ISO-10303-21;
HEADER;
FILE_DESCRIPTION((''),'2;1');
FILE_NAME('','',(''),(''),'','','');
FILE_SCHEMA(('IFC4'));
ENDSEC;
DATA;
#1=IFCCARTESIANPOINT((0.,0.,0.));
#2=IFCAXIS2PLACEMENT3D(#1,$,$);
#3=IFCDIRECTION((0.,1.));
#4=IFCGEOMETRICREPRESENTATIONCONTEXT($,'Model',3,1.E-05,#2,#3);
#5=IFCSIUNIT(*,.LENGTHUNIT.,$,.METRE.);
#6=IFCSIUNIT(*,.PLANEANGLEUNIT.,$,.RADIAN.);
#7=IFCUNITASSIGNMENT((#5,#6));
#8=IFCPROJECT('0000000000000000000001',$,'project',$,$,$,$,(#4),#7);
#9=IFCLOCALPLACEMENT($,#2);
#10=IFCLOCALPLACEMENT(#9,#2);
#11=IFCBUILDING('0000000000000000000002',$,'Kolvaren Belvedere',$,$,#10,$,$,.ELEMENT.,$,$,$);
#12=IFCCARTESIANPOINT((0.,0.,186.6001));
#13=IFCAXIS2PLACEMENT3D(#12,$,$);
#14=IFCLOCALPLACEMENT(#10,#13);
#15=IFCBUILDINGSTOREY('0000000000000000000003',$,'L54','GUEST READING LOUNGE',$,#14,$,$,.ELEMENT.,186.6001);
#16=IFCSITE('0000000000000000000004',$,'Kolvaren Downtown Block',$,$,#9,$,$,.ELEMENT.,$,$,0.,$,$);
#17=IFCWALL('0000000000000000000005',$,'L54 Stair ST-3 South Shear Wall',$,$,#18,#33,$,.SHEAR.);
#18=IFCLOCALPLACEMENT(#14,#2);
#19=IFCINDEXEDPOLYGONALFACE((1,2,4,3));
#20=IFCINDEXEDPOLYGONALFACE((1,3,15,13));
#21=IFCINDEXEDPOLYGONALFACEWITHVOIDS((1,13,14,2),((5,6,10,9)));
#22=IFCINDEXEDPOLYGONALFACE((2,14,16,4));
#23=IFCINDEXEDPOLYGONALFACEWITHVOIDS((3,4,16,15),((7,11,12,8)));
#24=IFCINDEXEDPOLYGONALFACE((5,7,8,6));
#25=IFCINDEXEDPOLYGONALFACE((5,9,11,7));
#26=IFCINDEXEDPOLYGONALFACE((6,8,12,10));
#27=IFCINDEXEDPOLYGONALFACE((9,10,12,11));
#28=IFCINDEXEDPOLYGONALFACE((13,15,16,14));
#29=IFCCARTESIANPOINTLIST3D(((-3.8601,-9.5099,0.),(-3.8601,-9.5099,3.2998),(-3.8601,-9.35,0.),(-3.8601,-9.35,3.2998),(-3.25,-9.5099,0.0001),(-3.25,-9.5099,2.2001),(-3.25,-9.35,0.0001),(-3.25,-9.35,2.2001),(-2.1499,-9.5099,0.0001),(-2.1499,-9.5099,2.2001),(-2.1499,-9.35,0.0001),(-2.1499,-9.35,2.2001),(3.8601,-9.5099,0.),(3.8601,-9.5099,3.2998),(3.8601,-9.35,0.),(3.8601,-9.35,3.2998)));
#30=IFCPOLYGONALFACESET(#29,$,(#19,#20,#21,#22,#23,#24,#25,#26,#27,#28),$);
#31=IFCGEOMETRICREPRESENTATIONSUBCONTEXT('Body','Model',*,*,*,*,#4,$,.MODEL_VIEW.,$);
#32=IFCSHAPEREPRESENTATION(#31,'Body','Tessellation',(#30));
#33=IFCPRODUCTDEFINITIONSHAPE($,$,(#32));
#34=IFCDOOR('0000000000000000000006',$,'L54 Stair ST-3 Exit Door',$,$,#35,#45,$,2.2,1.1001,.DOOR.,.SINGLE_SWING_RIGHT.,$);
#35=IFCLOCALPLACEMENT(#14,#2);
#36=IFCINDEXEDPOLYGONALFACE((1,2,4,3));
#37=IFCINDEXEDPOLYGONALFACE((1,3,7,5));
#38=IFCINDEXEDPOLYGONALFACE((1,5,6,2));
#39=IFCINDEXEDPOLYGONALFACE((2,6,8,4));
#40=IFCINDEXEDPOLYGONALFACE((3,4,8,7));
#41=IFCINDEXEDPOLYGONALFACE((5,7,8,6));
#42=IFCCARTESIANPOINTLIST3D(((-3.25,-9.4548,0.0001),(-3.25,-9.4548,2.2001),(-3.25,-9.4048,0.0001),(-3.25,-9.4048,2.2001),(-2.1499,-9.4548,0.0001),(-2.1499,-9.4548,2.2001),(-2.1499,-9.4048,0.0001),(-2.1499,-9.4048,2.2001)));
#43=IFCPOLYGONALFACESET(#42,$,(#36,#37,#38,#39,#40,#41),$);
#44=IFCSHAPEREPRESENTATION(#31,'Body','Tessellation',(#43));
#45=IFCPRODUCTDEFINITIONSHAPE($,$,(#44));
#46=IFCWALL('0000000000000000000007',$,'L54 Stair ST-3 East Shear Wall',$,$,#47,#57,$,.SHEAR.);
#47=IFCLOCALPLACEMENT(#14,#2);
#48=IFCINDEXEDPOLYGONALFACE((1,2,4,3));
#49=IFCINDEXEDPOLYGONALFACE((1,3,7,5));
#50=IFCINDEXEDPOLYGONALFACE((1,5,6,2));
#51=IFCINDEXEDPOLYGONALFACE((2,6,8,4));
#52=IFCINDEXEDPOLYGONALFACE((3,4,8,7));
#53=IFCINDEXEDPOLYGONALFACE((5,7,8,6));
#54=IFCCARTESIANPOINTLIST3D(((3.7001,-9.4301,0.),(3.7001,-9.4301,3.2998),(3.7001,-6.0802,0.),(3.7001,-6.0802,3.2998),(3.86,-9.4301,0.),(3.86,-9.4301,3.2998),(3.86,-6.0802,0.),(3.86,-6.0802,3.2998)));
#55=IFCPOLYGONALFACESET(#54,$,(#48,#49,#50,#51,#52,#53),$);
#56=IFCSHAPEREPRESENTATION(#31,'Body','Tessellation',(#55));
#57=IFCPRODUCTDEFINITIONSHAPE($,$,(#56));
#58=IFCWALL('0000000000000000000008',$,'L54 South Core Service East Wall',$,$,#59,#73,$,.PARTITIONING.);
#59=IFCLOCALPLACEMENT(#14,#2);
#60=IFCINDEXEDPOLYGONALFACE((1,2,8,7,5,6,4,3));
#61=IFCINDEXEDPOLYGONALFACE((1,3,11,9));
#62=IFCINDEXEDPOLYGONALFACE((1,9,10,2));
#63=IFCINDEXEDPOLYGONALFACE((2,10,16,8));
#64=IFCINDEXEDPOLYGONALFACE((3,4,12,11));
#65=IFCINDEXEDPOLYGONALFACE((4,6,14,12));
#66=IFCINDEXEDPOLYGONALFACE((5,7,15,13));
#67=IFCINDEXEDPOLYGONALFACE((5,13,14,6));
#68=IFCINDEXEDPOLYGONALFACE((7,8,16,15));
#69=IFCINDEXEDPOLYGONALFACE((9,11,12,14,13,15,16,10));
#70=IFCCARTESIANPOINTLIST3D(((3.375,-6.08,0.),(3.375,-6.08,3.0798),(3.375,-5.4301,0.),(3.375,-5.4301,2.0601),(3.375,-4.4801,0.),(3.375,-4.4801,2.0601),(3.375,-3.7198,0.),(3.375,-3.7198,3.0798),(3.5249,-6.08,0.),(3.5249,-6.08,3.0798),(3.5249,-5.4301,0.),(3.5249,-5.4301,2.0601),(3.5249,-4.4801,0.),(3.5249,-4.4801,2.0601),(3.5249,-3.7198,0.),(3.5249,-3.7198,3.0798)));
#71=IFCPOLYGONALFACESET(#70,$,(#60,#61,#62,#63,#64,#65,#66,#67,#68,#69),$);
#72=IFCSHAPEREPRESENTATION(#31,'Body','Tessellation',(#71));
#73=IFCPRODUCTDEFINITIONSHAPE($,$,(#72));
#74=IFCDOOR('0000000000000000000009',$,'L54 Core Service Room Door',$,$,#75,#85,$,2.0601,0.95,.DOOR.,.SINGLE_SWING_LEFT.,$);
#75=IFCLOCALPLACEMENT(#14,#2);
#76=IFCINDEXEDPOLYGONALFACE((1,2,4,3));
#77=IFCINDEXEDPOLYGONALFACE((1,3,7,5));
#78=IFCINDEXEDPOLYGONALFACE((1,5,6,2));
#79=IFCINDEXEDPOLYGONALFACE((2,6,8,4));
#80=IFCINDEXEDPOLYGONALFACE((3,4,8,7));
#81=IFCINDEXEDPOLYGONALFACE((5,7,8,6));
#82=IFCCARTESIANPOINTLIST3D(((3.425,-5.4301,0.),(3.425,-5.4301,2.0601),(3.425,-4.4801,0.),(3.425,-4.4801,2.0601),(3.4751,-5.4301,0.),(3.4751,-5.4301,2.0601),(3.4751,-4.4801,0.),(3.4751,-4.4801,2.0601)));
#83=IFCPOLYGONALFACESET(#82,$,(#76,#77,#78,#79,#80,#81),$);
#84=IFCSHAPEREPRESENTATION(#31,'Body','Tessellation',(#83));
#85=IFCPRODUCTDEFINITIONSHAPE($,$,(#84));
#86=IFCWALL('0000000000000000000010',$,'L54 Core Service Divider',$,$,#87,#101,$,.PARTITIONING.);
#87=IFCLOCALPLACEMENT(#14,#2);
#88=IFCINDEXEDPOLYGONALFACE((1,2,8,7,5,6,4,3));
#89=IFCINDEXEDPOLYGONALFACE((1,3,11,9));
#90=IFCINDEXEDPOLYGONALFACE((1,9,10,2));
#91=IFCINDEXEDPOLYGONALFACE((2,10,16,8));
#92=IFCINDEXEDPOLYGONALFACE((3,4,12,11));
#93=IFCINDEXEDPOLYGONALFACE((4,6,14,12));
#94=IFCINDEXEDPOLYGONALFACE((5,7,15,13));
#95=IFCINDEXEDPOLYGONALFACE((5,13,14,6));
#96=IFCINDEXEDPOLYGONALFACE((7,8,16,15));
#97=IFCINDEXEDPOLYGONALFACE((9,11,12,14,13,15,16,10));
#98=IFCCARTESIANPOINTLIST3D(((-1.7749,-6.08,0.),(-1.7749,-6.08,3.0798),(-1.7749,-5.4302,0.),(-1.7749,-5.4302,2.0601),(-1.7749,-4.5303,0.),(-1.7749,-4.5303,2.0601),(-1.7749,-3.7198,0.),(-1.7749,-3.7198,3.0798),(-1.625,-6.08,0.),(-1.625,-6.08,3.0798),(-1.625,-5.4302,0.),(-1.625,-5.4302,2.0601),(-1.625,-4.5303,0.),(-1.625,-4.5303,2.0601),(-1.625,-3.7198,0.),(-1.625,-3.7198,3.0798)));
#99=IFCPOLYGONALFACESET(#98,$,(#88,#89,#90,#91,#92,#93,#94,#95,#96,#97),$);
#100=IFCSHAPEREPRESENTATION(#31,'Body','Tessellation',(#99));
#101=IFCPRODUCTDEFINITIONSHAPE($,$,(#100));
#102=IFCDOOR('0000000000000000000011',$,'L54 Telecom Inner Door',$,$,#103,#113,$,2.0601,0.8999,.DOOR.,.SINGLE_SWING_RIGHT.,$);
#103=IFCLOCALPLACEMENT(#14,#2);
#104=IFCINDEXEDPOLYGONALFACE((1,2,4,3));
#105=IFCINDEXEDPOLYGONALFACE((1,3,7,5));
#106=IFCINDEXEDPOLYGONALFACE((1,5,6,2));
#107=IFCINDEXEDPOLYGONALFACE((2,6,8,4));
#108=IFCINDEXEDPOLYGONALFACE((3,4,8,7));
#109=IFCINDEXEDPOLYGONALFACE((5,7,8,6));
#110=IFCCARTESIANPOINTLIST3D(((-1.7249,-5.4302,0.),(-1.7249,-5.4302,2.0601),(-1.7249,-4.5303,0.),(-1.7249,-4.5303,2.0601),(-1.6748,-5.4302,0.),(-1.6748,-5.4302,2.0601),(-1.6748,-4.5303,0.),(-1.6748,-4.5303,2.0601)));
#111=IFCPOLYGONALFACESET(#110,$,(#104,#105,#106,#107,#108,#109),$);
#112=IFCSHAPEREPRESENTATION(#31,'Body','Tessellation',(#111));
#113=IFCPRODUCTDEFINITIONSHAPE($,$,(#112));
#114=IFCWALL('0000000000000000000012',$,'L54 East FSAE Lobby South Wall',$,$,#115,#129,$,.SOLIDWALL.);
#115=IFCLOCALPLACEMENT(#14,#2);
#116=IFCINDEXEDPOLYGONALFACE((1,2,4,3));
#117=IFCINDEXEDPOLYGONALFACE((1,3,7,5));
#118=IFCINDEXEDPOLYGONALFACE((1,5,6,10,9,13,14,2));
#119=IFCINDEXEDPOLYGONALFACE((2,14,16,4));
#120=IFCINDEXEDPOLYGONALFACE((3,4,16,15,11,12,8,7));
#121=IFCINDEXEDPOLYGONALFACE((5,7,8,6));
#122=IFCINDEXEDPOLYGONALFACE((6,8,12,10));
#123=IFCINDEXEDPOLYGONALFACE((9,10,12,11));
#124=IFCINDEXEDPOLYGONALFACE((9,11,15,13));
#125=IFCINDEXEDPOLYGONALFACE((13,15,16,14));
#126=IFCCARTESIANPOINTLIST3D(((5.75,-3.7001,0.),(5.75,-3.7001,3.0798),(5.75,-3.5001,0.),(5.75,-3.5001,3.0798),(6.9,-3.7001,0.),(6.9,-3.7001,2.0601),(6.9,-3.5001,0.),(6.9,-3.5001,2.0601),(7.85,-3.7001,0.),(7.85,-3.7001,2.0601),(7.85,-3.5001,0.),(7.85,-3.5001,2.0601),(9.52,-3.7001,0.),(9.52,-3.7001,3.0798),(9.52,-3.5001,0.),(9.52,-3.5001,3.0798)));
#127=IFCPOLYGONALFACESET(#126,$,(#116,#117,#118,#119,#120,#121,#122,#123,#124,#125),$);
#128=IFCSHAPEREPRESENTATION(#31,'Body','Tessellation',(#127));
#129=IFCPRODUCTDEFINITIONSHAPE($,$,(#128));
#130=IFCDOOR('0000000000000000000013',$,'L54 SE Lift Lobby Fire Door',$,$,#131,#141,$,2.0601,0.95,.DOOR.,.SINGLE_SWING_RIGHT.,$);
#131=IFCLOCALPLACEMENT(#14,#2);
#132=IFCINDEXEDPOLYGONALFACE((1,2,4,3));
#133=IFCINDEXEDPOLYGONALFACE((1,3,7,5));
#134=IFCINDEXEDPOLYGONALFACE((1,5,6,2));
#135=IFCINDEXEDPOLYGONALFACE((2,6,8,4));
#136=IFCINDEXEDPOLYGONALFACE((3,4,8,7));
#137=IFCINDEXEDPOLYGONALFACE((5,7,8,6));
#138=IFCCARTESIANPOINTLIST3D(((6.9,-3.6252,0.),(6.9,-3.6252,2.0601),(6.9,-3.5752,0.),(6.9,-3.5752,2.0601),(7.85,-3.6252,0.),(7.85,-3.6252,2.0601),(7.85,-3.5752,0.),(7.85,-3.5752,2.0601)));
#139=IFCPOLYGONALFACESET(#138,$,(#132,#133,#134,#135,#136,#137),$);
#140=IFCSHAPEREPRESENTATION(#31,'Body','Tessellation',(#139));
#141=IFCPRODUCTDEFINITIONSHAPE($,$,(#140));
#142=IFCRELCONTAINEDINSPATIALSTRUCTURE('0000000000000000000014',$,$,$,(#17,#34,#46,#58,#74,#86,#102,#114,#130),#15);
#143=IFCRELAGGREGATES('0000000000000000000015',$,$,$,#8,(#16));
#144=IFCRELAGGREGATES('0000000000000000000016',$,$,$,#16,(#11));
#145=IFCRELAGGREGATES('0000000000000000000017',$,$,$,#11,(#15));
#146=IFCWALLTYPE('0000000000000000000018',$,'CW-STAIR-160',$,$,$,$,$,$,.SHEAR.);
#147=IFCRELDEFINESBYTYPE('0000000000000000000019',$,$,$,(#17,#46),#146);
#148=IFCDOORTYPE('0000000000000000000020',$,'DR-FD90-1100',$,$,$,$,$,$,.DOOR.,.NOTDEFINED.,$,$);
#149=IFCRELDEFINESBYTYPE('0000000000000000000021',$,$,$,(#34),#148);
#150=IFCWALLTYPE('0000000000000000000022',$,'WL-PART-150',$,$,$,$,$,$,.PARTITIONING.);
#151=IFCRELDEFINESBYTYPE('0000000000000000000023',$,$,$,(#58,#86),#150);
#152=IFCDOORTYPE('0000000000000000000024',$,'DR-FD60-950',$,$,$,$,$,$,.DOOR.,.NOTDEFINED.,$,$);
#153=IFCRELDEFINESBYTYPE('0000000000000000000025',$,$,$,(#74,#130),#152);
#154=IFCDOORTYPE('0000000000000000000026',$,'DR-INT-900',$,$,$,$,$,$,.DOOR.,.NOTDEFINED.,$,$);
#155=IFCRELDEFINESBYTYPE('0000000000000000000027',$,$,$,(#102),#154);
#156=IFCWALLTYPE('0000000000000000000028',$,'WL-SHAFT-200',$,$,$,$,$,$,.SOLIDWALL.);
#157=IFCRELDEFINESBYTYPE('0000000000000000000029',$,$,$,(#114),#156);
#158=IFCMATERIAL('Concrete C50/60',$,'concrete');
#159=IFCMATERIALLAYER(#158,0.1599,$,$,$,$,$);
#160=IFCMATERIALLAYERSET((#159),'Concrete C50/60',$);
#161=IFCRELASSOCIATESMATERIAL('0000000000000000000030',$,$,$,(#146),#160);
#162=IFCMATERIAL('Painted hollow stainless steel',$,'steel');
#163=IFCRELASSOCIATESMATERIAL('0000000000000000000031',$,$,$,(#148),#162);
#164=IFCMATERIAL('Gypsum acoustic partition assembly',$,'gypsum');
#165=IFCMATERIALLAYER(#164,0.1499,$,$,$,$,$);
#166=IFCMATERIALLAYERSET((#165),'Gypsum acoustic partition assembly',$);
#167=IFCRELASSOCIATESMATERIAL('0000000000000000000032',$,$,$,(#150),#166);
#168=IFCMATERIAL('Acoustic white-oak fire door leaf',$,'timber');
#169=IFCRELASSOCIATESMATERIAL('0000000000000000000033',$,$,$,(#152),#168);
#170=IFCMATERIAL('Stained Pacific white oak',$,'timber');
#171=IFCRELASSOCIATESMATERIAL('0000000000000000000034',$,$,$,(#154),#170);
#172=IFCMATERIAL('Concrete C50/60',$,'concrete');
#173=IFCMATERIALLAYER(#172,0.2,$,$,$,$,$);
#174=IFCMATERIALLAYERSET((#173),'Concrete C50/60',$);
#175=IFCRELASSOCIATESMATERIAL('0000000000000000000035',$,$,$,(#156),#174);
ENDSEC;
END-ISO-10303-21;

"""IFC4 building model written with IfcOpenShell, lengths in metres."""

from ifc_helpers import new_model, si_unit, direction, frame, frame_2d, origin, place, context, subcontext, project, spatial, rectangle, extrude, material, layer, layer_set, type_object, element, fill, save


model = new_model("IFC4")

# Units and contexts
model_context = context("Model", 3, precision=1e-05, world=origin(), true_north=direction((0.0, 1.0)))
body_context = subcontext(model_context, "Body", "Model", "MODEL_VIEW")
ifc_project = project(units=[si_unit("LENGTHUNIT", "METRE"), si_unit("PLANEANGLEUNIT", "RADIAN")], contexts=[model_context])

# Site, building, storey
site_placement = place(None, origin())
site = spatial("IfcSite", under=ifc_project, at=site_placement, Name="Kolvaren Downtown Block", CompositionType="ELEMENT", RefElevation=0.0)
building_placement = place(site_placement, origin())
building = spatial("IfcBuilding", under=site, at=building_placement, Name="Kolvaren Belvedere", CompositionType="ELEMENT")
storey_placement = place(building_placement, frame((0.0, 0.0, 186.6001)))
storey = spatial("IfcBuildingStorey", under=building, at=storey_placement, Name="L54", Description="GUEST READING LOUNGE", CompositionType="ELEMENT", Elevation=186.6001)

# Wall, opening, door
ifc_material_1 = material(Name="Concrete C50/60", Category="concrete")
ifc_layer_1 = layer(ifc_material_1, 0.1599)
ifc_layer_set_1 = layer_set([ifc_layer_1], Name="Concrete C50/60")
wall_type_1 = type_object("IfcWallType", Name="CW-STAIR-160", PredefinedType="SHEAR", material=ifc_layer_set_1)
wall_1_placement = place(storey_placement, frame((3.8601, -9.4299, 0.0), z_axis=(0.0, 0.0, 1.0), x_axis=(-1.0, 0.0, 0.0)))
wall_1 = element("IfcWall", 1, at=wall_1_placement, inside=storey, type_object=wall_type_1, Name="L54 Stair ST-3 South Shear Wall", PredefinedType="SHEAR", context=body_context, shape_type="SweptSolid", body=[
    extrude(rectangle(XDim=7.7202, YDim=0.1599, at=frame_2d((3.8601, 0.0))), origin(), (0.0, 0.0, 1.0), 3.2998),
])
opening_1_placement = place(wall_1_placement, frame((6.01, 0.0, 0.0)))
opening_1 = element("IfcOpeningElement", 2, at=opening_1_placement, cuts=wall_1, PredefinedType="OPENING", context=body_context, shape_type="SweptSolid", body=[
    extrude(rectangle(XDim=1.1001, YDim=2.2, at=frame_2d((0.55, 1.1001))), frame((0.0, 0.0898, 0.0), z_axis=(0.0, -1.0, 0.0), x_axis=(1.0, 0.0, 0.0)), (0.0, 0.0, 1.0), 0.1799),
])
ifc_material_2 = material(Name="Painted hollow stainless steel", Category="steel")
door_type_1 = type_object("IfcDoorType", Name="DR-FD90-1100", OperationType="NOTDEFINED", PredefinedType="DOOR", material=ifc_material_2)
door_1_placement = place(opening_1_placement, origin())
door_1 = element("IfcDoor", 3, at=door_1_placement, inside=storey, type_object=door_type_1, Name="L54 Stair ST-3 Exit Door", OperationType="SINGLE_SWING_RIGHT", OverallHeight=2.2, OverallWidth=1.1001, PredefinedType="DOOR", context=body_context, shape_type="SweptSolid", body=[
    extrude(rectangle(XDim=1.1001, YDim=2.2, at=frame_2d((0.55, 1.1001))), frame((0.0, 0.0249, 0.0), z_axis=(0.0, -1.0, 0.0), x_axis=(1.0, 0.0, 0.0)), (0.0, 0.0, 1.0), 0.05),
])
fill(opening_1, door_1)

# Wall
wall_2_placement = place(storey_placement, frame((3.78, -9.4299, 0.0), z_axis=(0.0, 0.0, 1.0), x_axis=(0.0, 1.0, 0.0)))
element("IfcWall", 4, at=wall_2_placement, inside=storey, type_object=wall_type_1, Name="L54 Stair ST-3 East Shear Wall", PredefinedType="SHEAR", context=body_context, shape_type="SweptSolid", body=[
    extrude(rectangle(XDim=3.3499, YDim=0.1599, at=frame_2d((1.6748, 0.0))), origin(), (0.0, 0.0, 1.0), 3.2998),
])

# Walls, openings, doors
ifc_material_3 = material(Name="Gypsum acoustic partition assembly", Category="gypsum")
ifc_layer_2 = layer(ifc_material_3, 0.1499)
ifc_layer_set_2 = layer_set([ifc_layer_2], Name="Gypsum acoustic partition assembly")
wall_type_2 = type_object("IfcWallType", Name="WL-PART-150", PredefinedType="PARTITIONING", material=ifc_layer_set_2)
wall_3_placement = place(storey_placement, frame((3.45, -6.0801, 0.0), z_axis=(0.0, 0.0, 1.0), x_axis=(0.0, 1.0, 0.0)))
wall_3 = element("IfcWall", 5, at=wall_3_placement, inside=storey, type_object=wall_type_2, Name="L54 South Core Service East Wall", PredefinedType="PARTITIONING", context=body_context, shape_type="SweptSolid", body=[
    extrude(rectangle(XDim=2.3601, YDim=0.1499, at=frame_2d((1.1802, 0.0))), origin(), (0.0, 0.0, 1.0), 3.0798),
])
opening_2_placement = place(wall_3_placement, frame((0.6499, 0.0, 0.0)))
opening_2 = element("IfcOpeningElement", 6, at=opening_2_placement, cuts=wall_3, PredefinedType="OPENING", context=body_context, shape_type="SweptSolid", body=[
    extrude(rectangle(XDim=0.95, YDim=2.0601, at=frame_2d((0.4751, 1.03))), frame((0.0, 0.085, 0.0), z_axis=(0.0, -1.0, 0.0), x_axis=(1.0, 0.0, 0.0)), (0.0, 0.0, 1.0), 0.1699),
])
ifc_material_4 = material(Name="Acoustic white-oak fire door leaf", Category="timber")
door_type_2 = type_object("IfcDoorType", Name="DR-FD60-950", OperationType="NOTDEFINED", PredefinedType="DOOR", material=ifc_material_4)
door_2_placement = place(opening_2_placement, origin())
door_2 = element("IfcDoor", 7, at=door_2_placement, inside=storey, type_object=door_type_2, Name="L54 Core Service Room Door", OperationType="SINGLE_SWING_LEFT", OverallHeight=2.0601, OverallWidth=0.95, PredefinedType="DOOR", context=body_context, shape_type="SweptSolid", body=[
    extrude(rectangle(XDim=0.95, YDim=2.0601, at=frame_2d((0.4751, 1.03))), frame((0.0, 0.0249, 0.0), z_axis=(0.0, -1.0, 0.0), x_axis=(1.0, 0.0, 0.0)), (0.0, 0.0, 1.0), 0.05),
])
fill(opening_2, door_2)
wall_4_placement = place(storey_placement, frame((-1.7, -6.0801, 0.0), z_axis=(0.0, 0.0, 1.0), x_axis=(0.0, 1.0, 0.0)))
wall_4 = element("IfcWall", 8, at=wall_4_placement, inside=storey, type_object=wall_type_2, Name="L54 Core Service Divider", PredefinedType="PARTITIONING", context=body_context, shape_type="SweptSolid", body=[
    extrude(rectangle(XDim=2.3601, YDim=0.1499, at=frame_2d((1.1802, 0.0))), origin(), (0.0, 0.0, 1.0), 3.0798),
])
opening_3_placement = place(wall_4_placement, frame((0.6499, 0.0, 0.0)))
opening_3 = element("IfcOpeningElement", 9, at=opening_3_placement, cuts=wall_4, PredefinedType="OPENING", context=body_context, shape_type="SweptSolid", body=[
    extrude(rectangle(XDim=0.8999, YDim=2.0601, at=frame_2d((0.45, 1.03))), frame((0.0, 0.085, 0.0), z_axis=(0.0, -1.0, 0.0), x_axis=(1.0, 0.0, 0.0)), (0.0, 0.0, 1.0), 0.1699),
])
ifc_material_5 = material(Name="Stained Pacific white oak", Category="timber")
door_type_3 = type_object("IfcDoorType", Name="DR-INT-900", OperationType="NOTDEFINED", PredefinedType="DOOR", material=ifc_material_5)
door_3_placement = place(opening_3_placement, origin())
door_3 = element("IfcDoor", 10, at=door_3_placement, inside=storey, type_object=door_type_3, Name="L54 Telecom Inner Door", OperationType="SINGLE_SWING_RIGHT", OverallHeight=2.0601, OverallWidth=0.8999, PredefinedType="DOOR", context=body_context, shape_type="SweptSolid", body=[
    extrude(rectangle(XDim=0.8999, YDim=2.0601, at=frame_2d((0.45, 1.03))), frame((0.0, 0.0249, 0.0), z_axis=(0.0, -1.0, 0.0), x_axis=(1.0, 0.0, 0.0)), (0.0, 0.0, 1.0), 0.05),
])
fill(opening_3, door_3)
ifc_material_6 = material(Name="Concrete C50/60", Category="concrete")
ifc_layer_3 = layer(ifc_material_6, 0.2)
ifc_layer_set_3 = layer_set([ifc_layer_3], Name="Concrete C50/60")
wall_type_3 = type_object("IfcWallType", Name="WL-SHAFT-200", PredefinedType="SOLIDWALL", material=ifc_layer_set_3)
wall_5_placement = place(storey_placement, frame((5.75, -3.6001, 0.0), z_axis=(0.0, 0.0, 1.0), x_axis=(1.0, 0.0, 0.0)))
wall_5 = element("IfcWall", 11, at=wall_5_placement, inside=storey, type_object=wall_type_3, Name="L54 East FSAE Lobby South Wall", PredefinedType="SOLIDWALL", context=body_context, shape_type="SweptSolid", body=[
    extrude(rectangle(XDim=3.77, YDim=0.2, at=frame_2d((1.885, 0.0))), origin(), (0.0, 0.0, 1.0), 3.0798),
])
opening_4_placement = place(wall_5_placement, frame((1.1499, 0.0, 0.0)))
opening_4 = element("IfcOpeningElement", 12, at=opening_4_placement, cuts=wall_5, PredefinedType="OPENING", context=body_context, shape_type="SweptSolid", body=[
    extrude(rectangle(XDim=0.95, YDim=2.0601, at=frame_2d((0.4751, 1.03))), frame((0.0, 0.1099, 0.0), z_axis=(0.0, -1.0, 0.0), x_axis=(1.0, 0.0, 0.0)), (0.0, 0.0, 1.0), 0.22),
])
door_4_placement = place(opening_4_placement, origin())
door_4 = element("IfcDoor", 13, at=door_4_placement, inside=storey, type_object=door_type_2, Name="L54 SE Lift Lobby Fire Door", OperationType="SINGLE_SWING_RIGHT", OverallHeight=2.0601, OverallWidth=0.95, PredefinedType="DOOR", context=body_context, shape_type="SweptSolid", body=[
    extrude(rectangle(XDim=0.95, YDim=2.0601, at=frame_2d((0.4751, 1.03))), frame((0.0, 0.0249, 0.0), z_axis=(0.0, -1.0, 0.0), x_axis=(1.0, 0.0, 0.0)), (0.0, 0.0, 1.0), 0.05),
])
fill(opening_4, door_4)

save(model, "model.ifc")
